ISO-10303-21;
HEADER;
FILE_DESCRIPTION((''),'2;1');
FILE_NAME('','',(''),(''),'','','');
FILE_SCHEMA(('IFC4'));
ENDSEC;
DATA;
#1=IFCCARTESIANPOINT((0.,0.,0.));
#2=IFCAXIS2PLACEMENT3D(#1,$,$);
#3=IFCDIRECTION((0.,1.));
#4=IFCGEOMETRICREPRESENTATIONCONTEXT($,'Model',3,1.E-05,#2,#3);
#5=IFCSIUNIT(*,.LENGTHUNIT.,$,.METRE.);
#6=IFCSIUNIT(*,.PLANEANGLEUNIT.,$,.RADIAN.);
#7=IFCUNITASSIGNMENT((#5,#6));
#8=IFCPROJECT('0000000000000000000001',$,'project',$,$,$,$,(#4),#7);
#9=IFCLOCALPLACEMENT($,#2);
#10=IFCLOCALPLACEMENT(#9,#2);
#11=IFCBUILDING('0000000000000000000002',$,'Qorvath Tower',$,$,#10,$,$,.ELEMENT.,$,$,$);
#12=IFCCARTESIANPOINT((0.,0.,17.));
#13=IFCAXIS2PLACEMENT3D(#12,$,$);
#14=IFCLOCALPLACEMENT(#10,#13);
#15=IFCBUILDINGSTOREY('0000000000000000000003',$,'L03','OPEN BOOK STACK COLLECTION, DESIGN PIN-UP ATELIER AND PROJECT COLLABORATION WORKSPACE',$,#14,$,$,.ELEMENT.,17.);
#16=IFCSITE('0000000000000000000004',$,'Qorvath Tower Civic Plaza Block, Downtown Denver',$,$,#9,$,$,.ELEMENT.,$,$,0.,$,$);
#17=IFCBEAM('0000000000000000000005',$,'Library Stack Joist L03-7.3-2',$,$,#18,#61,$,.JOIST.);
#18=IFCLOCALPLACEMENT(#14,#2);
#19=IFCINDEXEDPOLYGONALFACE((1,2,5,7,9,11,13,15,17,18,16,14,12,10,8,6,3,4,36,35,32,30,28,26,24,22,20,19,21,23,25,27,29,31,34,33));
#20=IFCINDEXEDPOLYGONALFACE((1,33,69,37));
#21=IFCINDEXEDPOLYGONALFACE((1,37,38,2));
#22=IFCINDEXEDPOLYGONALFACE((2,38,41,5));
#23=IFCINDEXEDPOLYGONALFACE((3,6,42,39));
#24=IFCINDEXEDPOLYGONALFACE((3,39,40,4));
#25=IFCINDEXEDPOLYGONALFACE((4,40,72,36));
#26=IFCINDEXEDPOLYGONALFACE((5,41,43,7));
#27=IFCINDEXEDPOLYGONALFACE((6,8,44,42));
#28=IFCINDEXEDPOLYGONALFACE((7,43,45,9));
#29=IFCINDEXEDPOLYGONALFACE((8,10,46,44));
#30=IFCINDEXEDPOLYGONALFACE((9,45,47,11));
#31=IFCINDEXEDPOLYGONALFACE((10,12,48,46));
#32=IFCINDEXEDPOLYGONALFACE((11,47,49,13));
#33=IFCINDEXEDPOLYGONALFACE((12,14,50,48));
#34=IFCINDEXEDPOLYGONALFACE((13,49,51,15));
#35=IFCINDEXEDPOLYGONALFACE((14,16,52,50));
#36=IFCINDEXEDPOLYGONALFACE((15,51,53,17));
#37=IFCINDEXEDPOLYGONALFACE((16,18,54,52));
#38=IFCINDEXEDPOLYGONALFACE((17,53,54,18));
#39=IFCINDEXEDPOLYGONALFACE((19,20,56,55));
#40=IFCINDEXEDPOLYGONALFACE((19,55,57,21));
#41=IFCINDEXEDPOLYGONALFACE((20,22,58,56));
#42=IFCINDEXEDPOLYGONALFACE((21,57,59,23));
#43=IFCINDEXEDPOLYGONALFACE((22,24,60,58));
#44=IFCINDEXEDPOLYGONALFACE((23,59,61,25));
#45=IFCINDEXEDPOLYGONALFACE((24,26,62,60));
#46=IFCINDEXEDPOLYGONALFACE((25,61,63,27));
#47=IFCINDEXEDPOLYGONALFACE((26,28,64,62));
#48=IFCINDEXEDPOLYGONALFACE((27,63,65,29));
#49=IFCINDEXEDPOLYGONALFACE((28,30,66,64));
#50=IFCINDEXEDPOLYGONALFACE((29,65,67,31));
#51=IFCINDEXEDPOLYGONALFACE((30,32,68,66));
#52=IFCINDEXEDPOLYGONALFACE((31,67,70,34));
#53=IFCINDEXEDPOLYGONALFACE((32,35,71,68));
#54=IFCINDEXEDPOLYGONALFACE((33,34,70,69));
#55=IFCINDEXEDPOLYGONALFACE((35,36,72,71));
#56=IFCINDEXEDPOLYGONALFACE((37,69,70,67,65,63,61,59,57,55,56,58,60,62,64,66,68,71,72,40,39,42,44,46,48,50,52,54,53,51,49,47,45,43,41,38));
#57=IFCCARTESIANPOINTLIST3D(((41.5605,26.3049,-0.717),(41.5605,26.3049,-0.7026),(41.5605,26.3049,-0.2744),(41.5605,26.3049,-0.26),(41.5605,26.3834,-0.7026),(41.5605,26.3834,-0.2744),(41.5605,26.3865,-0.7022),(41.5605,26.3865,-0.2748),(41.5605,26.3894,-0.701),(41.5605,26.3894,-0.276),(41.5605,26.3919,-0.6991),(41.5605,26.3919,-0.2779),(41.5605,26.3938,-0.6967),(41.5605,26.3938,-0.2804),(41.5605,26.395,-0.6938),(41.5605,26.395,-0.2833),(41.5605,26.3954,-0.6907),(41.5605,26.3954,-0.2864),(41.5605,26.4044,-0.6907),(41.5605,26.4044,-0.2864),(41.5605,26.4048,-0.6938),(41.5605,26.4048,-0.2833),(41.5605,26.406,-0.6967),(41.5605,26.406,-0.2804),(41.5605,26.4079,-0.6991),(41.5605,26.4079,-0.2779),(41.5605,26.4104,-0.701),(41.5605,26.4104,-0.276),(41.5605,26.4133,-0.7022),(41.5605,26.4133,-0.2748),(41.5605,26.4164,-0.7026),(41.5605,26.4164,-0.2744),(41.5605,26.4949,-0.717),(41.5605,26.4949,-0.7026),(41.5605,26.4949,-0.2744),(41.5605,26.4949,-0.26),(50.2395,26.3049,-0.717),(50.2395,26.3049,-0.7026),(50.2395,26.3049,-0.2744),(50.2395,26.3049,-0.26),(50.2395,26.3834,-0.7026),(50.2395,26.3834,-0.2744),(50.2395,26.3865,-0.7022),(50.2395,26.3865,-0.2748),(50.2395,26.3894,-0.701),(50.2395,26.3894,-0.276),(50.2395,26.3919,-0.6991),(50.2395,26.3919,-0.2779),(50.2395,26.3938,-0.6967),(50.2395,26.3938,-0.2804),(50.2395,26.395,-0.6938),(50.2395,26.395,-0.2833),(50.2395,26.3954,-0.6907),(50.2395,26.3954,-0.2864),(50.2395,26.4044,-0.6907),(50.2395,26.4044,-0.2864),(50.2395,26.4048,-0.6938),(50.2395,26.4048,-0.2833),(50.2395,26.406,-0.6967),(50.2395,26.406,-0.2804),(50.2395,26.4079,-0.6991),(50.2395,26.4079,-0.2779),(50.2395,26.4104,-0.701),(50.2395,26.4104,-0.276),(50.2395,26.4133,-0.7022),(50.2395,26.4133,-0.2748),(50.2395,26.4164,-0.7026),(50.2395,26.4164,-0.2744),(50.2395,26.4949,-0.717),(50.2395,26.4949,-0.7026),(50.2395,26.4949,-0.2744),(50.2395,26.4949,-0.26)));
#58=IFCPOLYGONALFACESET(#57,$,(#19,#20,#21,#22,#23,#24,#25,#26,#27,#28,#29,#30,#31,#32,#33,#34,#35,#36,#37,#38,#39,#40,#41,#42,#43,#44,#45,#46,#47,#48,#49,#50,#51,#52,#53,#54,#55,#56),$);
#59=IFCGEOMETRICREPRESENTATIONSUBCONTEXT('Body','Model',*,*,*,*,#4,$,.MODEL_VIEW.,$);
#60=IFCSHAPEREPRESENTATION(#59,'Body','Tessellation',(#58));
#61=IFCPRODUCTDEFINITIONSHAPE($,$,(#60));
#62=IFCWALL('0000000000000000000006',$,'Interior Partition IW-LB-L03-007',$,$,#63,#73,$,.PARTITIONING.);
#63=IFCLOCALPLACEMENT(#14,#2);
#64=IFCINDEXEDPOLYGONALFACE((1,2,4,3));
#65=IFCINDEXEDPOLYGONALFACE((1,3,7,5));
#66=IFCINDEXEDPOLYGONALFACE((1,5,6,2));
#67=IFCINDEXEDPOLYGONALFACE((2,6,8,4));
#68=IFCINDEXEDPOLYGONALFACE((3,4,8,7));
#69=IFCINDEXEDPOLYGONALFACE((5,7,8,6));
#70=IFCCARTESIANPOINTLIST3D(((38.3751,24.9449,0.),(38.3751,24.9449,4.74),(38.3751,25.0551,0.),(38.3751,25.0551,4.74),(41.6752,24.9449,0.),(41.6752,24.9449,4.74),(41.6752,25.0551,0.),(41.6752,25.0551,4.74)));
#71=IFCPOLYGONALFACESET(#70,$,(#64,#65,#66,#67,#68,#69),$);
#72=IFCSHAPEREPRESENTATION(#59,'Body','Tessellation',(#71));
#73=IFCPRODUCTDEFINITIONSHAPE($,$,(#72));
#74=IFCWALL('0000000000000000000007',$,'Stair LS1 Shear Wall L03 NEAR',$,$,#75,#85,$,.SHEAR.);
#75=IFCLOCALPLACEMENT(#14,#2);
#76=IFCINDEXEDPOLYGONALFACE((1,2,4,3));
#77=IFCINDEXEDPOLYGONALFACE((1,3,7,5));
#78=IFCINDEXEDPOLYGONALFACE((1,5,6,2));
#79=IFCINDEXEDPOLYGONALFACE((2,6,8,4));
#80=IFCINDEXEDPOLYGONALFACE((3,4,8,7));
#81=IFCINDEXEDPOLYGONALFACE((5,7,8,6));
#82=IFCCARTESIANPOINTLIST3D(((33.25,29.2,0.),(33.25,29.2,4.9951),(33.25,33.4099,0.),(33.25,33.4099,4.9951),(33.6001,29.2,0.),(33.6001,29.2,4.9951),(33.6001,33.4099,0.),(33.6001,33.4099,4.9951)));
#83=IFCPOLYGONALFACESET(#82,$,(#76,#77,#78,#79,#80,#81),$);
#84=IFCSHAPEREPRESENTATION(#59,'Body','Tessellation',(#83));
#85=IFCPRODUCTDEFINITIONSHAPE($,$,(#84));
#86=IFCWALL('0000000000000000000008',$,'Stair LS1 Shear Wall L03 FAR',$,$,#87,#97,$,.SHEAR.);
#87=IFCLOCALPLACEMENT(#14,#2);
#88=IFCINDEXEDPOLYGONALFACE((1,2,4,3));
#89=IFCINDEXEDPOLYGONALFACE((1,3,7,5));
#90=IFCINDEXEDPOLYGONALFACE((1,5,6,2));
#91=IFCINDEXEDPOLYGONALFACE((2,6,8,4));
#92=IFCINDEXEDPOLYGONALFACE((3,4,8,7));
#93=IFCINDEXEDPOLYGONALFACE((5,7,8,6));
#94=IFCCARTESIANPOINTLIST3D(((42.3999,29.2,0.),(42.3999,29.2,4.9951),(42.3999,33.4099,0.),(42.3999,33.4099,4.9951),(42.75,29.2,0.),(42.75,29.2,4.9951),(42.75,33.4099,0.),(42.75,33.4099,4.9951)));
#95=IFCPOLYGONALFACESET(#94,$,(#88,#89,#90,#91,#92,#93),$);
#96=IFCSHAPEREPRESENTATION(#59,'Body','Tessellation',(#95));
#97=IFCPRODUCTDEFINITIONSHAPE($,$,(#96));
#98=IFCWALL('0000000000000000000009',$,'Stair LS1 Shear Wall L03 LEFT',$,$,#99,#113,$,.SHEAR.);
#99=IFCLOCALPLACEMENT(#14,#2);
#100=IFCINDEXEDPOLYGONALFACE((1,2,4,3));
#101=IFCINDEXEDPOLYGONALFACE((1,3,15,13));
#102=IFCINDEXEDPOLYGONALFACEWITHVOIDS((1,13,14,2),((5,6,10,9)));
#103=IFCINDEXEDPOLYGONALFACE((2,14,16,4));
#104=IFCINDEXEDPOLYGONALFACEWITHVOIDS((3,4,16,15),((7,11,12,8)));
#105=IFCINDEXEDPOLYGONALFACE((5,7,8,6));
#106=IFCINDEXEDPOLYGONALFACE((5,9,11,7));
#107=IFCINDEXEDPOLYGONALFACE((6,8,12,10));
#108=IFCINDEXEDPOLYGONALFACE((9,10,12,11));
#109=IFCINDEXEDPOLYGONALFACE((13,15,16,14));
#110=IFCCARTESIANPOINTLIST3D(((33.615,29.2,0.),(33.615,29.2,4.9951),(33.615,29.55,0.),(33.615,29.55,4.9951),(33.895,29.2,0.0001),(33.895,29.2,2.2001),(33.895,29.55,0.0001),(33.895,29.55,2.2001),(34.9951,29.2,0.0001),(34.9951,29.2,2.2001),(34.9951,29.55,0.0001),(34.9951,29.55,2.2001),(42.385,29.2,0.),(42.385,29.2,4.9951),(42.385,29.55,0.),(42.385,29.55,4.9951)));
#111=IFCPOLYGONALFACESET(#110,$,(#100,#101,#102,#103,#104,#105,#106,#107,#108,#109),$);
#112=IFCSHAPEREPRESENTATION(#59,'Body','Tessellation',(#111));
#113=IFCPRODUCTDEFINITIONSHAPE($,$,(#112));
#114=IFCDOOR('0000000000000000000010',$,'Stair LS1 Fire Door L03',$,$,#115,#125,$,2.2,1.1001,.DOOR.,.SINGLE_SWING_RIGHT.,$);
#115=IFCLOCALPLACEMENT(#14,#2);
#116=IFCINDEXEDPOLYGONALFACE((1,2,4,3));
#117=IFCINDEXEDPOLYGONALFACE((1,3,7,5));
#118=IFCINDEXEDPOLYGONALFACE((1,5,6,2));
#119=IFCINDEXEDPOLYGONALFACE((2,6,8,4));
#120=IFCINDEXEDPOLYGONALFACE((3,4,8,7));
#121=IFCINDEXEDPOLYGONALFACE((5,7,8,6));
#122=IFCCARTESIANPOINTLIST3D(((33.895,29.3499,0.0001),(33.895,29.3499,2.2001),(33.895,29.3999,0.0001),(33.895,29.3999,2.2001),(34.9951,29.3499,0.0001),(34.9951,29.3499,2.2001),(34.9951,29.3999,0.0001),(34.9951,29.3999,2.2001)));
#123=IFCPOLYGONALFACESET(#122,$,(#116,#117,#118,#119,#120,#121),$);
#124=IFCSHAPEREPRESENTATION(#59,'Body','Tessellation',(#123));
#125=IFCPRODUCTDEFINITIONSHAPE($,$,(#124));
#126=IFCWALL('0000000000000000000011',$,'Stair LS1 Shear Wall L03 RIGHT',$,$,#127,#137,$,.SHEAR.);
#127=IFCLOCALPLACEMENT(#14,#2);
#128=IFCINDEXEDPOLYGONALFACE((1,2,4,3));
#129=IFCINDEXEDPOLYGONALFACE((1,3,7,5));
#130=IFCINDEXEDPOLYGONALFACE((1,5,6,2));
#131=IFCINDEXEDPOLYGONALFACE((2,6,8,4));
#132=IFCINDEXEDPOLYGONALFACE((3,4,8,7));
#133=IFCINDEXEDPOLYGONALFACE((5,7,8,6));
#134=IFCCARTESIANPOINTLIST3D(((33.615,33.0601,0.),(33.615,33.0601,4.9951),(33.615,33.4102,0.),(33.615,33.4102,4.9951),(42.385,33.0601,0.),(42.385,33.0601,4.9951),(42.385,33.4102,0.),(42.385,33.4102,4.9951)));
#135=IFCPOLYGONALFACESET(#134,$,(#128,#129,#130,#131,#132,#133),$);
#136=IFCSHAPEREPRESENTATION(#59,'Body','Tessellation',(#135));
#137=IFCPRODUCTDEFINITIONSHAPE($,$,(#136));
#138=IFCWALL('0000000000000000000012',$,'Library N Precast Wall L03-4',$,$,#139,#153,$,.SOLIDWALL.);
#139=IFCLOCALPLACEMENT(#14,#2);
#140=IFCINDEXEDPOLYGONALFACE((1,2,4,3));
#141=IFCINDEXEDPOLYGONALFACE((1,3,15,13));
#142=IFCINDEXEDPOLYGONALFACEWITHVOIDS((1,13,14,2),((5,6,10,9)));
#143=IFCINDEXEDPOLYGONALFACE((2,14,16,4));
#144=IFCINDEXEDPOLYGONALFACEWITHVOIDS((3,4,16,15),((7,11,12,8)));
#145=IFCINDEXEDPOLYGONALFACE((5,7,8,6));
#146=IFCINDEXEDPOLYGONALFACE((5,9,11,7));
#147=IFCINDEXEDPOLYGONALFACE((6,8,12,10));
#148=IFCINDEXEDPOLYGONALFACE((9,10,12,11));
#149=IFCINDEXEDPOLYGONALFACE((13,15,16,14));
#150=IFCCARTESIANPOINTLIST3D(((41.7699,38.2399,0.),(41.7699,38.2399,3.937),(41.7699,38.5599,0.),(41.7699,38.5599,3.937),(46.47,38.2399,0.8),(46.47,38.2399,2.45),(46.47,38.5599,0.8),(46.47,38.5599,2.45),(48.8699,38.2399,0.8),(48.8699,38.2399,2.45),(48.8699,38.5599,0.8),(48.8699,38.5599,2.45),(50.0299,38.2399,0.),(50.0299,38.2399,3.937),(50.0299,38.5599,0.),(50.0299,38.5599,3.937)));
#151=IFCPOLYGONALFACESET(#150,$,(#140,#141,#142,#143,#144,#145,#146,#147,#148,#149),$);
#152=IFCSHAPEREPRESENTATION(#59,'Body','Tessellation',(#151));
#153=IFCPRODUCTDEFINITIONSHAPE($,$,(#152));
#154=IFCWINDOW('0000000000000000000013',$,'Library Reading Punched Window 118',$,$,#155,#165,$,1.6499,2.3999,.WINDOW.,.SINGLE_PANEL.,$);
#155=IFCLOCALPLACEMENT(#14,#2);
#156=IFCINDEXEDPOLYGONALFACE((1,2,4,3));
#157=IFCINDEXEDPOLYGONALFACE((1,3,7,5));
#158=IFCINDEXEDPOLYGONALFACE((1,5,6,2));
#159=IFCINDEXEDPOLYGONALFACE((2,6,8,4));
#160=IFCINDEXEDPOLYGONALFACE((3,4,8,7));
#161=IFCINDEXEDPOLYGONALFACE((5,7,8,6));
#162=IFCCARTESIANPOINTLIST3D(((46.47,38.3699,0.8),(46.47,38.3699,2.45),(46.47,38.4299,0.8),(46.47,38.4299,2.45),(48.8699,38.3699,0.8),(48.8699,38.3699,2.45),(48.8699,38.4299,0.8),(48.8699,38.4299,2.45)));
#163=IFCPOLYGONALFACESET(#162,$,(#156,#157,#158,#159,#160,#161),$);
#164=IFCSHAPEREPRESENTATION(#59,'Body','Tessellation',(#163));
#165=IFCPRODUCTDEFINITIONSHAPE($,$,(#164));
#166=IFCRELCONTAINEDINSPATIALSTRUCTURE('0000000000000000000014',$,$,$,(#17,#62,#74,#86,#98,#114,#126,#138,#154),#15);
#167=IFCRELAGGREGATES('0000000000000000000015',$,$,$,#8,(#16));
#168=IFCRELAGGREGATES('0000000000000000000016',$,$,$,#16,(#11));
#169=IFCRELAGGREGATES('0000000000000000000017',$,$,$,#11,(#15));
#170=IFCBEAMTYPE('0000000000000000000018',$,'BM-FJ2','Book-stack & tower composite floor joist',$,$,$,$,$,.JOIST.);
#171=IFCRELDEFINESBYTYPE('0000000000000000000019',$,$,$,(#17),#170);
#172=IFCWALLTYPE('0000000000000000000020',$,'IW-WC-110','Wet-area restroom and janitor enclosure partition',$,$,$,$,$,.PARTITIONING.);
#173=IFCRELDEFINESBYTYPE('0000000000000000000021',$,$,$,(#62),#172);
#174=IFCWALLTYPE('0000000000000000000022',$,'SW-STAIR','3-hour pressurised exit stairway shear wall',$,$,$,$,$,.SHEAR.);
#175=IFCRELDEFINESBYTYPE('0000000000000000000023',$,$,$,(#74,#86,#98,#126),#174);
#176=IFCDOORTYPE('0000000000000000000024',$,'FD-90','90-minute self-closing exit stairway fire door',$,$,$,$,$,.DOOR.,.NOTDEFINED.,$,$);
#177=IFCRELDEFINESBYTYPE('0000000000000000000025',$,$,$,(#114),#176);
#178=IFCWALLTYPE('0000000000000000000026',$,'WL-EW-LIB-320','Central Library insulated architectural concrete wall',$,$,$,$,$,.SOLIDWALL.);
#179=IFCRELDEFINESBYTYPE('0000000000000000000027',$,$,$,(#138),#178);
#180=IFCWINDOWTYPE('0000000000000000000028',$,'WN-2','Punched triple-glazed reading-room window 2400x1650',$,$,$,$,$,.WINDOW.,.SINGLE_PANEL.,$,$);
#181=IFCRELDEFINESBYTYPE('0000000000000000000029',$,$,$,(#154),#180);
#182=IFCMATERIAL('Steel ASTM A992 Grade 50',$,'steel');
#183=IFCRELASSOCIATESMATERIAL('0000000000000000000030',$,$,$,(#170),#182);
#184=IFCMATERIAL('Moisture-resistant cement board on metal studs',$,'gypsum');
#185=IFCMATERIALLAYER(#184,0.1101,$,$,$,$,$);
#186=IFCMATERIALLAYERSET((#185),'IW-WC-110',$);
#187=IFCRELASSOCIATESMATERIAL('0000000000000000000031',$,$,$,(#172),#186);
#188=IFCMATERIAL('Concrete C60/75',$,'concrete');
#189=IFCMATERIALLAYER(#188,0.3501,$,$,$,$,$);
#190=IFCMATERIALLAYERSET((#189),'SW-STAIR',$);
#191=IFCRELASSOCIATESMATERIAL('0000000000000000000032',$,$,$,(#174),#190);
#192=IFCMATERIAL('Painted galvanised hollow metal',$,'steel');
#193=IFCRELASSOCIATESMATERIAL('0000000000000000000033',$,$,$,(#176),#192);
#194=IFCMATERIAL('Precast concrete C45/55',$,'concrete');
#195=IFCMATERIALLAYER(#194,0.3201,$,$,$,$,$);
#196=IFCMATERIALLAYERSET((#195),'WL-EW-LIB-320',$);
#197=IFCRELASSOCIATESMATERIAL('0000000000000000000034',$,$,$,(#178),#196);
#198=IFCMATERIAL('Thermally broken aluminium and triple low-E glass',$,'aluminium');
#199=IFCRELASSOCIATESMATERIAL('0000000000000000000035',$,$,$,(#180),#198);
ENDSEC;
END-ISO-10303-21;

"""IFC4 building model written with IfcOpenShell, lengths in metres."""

from ifc_helpers import new_model, si_unit, direction, frame, frame_2d, origin, origin_2d, place, context, subcontext, project, spatial, rectangle, i_section, extrude, material, layer, layer_set, material_profile, profile_set, type_object, element, fill, save


model = new_model("IFC4")

# Units and contexts
model_context = context("Model", 3, precision=1e-05, world=origin(), true_north=direction((0.0, 1.0)))
body_context = subcontext(model_context, "Body", "Model", "MODEL_VIEW")
ifc_project = project(units=[si_unit("LENGTHUNIT", "METRE"), si_unit("PLANEANGLEUNIT", "RADIAN")], contexts=[model_context])

# Site, building, storey
site_placement = place(None, origin())
site = spatial("IfcSite", under=ifc_project, at=site_placement, Name="Qorvath Tower Civic Plaza Block, Downtown Denver", CompositionType="ELEMENT", RefElevation=0.0)
building_placement = place(site_placement, origin())
building = spatial("IfcBuilding", under=site, at=building_placement, Name="Qorvath Tower", CompositionType="ELEMENT")
storey_placement = place(building_placement, frame((0.0, 0.0, 17.0)))
storey = spatial("IfcBuildingStorey", under=building, at=storey_placement, Name="L03", Description="OPEN BOOK STACK COLLECTION, DESIGN PIN-UP ATELIER AND PROJECT COLLABORATION WORKSPACE", CompositionType="ELEMENT", Elevation=17.0)

# Beam
ifc_material_1 = material(Name="Steel ASTM A992 Grade 50", Category="steel")
ifc_material_profile_1 = material_profile(ifc_material_1, i_section(OverallWidth=0.1899, OverallDepth=0.457, WebThickness=0.009, FlangeThickness=0.0144, FilletRadius=0.012, at=origin_2d()), Name="W18x50")
ifc_profile_set_1 = profile_set([ifc_material_profile_1], Name="Steel ASTM A992 Grade 50")
beam_type_1 = type_object("IfcBeamType", Name="BM-FJ2", Description="Book-stack & tower composite floor joist", PredefinedType="JOIST", material=ifc_profile_set_1)
beam_1_placement = place(storey_placement, frame((41.5605, 26.3999, -0.4885), z_axis=(1.0, 0.0, 0.0), x_axis=(0.0, 1.0, 0.0)))
element("IfcBeam", 1, at=beam_1_placement, inside=storey, type_object=beam_type_1, Name="Library Stack Joist L03-7.3-2", PredefinedType="JOIST", context=body_context, shape_type="SweptSolid", body=[
    extrude(i_section(OverallWidth=0.1899, OverallDepth=0.457, WebThickness=0.009, FlangeThickness=0.0144, FilletRadius=0.012, at=origin_2d()), origin(), (0.0, 0.0, 1.0), 8.679),
])

# Walls
ifc_material_2 = material(Name="Moisture-resistant cement board on metal studs", Category="gypsum")
ifc_layer_1 = layer(ifc_material_2, 0.1101)
ifc_layer_set_1 = layer_set([ifc_layer_1], Name="IW-WC-110")
wall_type_1 = type_object("IfcWallType", Name="IW-WC-110", Description="Wet-area restroom and janitor enclosure partition", PredefinedType="PARTITIONING", material=ifc_layer_set_1)
wall_1_placement = place(storey_placement, frame((41.675, 25.0, 0.0), z_axis=(0.0, 0.0, 1.0), x_axis=(-1.0, 0.0, 0.0)))
element("IfcWall", 2, at=wall_1_placement, inside=storey, type_object=wall_type_1, Name="Interior Partition IW-LB-L03-007", PredefinedType="PARTITIONING", context=body_context, shape_type="SweptSolid", body=[
    extrude(rectangle(XDim=3.3, YDim=0.1101, at=frame_2d((1.6499, 0.0))), origin(), (0.0, 0.0, 1.0), 4.74),
])
ifc_material_3 = material(Name="Concrete C60/75", Category="concrete")
ifc_layer_2 = layer(ifc_material_3, 0.3501)
ifc_layer_set_2 = layer_set([ifc_layer_2], Name="SW-STAIR")
wall_type_2 = type_object("IfcWallType", Name="SW-STAIR", Description="3-hour pressurised exit stairway shear wall", PredefinedType="SHEAR", material=ifc_layer_set_2)
for number, where, z_axis, x_axis, name in (
    (3, (33.425, 33.4099, 0.0), (0.0, 0.0, 1.0), (0.0, -1.0, 0.0), "Stair LS1 Shear Wall L03 NEAR"),
    (4, (42.575, 29.2, 0.0), (0.0, 0.0, 1.0), (0.0, 1.0, 0.0), "Stair LS1 Shear Wall L03 FAR"),
):
    element("IfcWall", number, at=place(storey_placement, frame(where, z_axis=z_axis, x_axis=x_axis)), inside=storey, type_object=wall_type_2, Name=name, PredefinedType="SHEAR", context=body_context, shape_type="SweptSolid", body=[
        extrude(rectangle(XDim=4.21, YDim=0.3501, at=frame_2d((2.105, 0.0))), origin(), (0.0, 0.0, 1.0), 4.9951),
    ])

# Wall, opening, door
wall_2_placement = place(storey_placement, frame((33.615, 29.375, 0.0), z_axis=(0.0, 0.0, 1.0), x_axis=(1.0, 0.0, 0.0)))
wall_2 = element("IfcWall", 5, at=wall_2_placement, inside=storey, type_object=wall_type_2, Name="Stair LS1 Shear Wall L03 LEFT", PredefinedType="SHEAR", context=body_context, shape_type="SweptSolid", body=[
    extrude(rectangle(XDim=8.77, YDim=0.3501, at=frame_2d((4.385, 0.0))), origin(), (0.0, 0.0, 1.0), 4.9951),
])
opening_1_placement = place(wall_2_placement, frame((0.28, 0.0, 0.0)))
opening_1 = element("IfcOpeningElement", 6, at=opening_1_placement, cuts=wall_2, PredefinedType="OPENING", context=body_context, shape_type="SweptSolid", body=[
    extrude(rectangle(XDim=1.1001, YDim=2.2, at=frame_2d((0.55, 1.1001))), frame((0.0, 0.1851, 0.0), z_axis=(0.0, -1.0, 0.0), x_axis=(1.0, 0.0, 0.0)), (0.0, 0.0, 1.0), 0.3701),
])
ifc_material_4 = material(Name="Painted galvanised hollow metal", Category="steel")
door_type = type_object("IfcDoorType", Name="FD-90", Description="90-minute self-closing exit stairway fire door", OperationType="NOTDEFINED", PredefinedType="DOOR", material=ifc_material_4)
door_placement = place(opening_1_placement, origin())
door = element("IfcDoor", 7, at=door_placement, inside=storey, type_object=door_type, Name="Stair LS1 Fire Door L03", OperationType="SINGLE_SWING_RIGHT", OverallHeight=2.2, OverallWidth=1.1001, PredefinedType="DOOR", context=body_context, shape_type="SweptSolid", body=[
    extrude(rectangle(XDim=1.1001, YDim=2.2, at=frame_2d((0.55, 1.1001))), frame((0.0, 0.0249, 0.0), z_axis=(0.0, -1.0, 0.0), x_axis=(1.0, 0.0, 0.0)), (0.0, 0.0, 1.0), 0.05),
])
fill(opening_1, door)

# Wall
wall_3_placement = place(storey_placement, frame((42.385, 33.2351, 0.0), z_axis=(0.0, 0.0, 1.0), x_axis=(-1.0, 0.0, 0.0)))
element("IfcWall", 8, at=wall_3_placement, inside=storey, type_object=wall_type_2, Name="Stair LS1 Shear Wall L03 RIGHT", PredefinedType="SHEAR", context=body_context, shape_type="SweptSolid", body=[
    extrude(rectangle(XDim=8.77, YDim=0.3501, at=frame_2d((4.385, 0.0))), origin(), (0.0, 0.0, 1.0), 4.9951),
])

# Wall, opening, window
ifc_material_5 = material(Name="Precast concrete C45/55", Category="concrete")
ifc_layer_3 = layer(ifc_material_5, 0.3201)
ifc_layer_set_3 = layer_set([ifc_layer_3], Name="WL-EW-LIB-320")
wall_type_3 = type_object("IfcWallType", Name="WL-EW-LIB-320", Description="Central Library insulated architectural concrete wall", PredefinedType="SOLIDWALL", material=ifc_layer_set_3)
wall_4_placement = place(storey_placement, frame((41.77, 38.3999, 0.0), z_axis=(0.0, 0.0, 1.0), x_axis=(1.0, 0.0, 0.0)))
wall_4 = element("IfcWall", 9, at=wall_4_placement, inside=storey, type_object=wall_type_3, Name="Library N Precast Wall L03-4", PredefinedType="SOLIDWALL", context=body_context, shape_type="SweptSolid", body=[
    extrude(rectangle(XDim=8.26, YDim=0.3201, at=frame_2d((4.1299, 0.0))), origin(), (0.0, 0.0, 1.0), 3.937),
])
opening_2_placement = place(wall_4_placement, frame((4.7, 0.0, 0.8)))
opening_2 = element("IfcOpeningElement", 10, at=opening_2_placement, cuts=wall_4, PredefinedType="OPENING", context=body_context, shape_type="SweptSolid", body=[
    extrude(rectangle(XDim=2.3999, YDim=1.6499, at=frame_2d((1.2, 0.825))), frame((0.0, 0.1699, 0.0), z_axis=(0.0, -1.0, 0.0), x_axis=(1.0, 0.0, 0.0)), (0.0, 0.0, 1.0), 0.3401),
])
ifc_material_6 = material(Name="Thermally broken aluminium and triple low-E glass", Category="aluminium")
window_type = type_object("IfcWindowType", Name="WN-2", Description="Punched triple-glazed reading-room window 2400x1650", PartitioningType="SINGLE_PANEL", PredefinedType="WINDOW", material=ifc_material_6)
window_1_placement = place(opening_2_placement, origin())
window_1 = element("IfcWindow", 11, at=window_1_placement, inside=storey, type_object=window_type, Name="Library Reading Punched Window 118", OverallHeight=1.6499, OverallWidth=2.3999, PartitioningType="SINGLE_PANEL", PredefinedType="WINDOW", context=body_context, shape_type="SweptSolid", body=[
    extrude(rectangle(XDim=2.3999, YDim=1.6499, at=frame_2d((1.2, 0.825))), frame((0.0, 0.03, 0.0), z_axis=(0.0, -1.0, 0.0), x_axis=(1.0, 0.0, 0.0)), (0.0, 0.0, 1.0), 0.0601),
])
fill(opening_2, window_1)

save(model, "model.ifc")
